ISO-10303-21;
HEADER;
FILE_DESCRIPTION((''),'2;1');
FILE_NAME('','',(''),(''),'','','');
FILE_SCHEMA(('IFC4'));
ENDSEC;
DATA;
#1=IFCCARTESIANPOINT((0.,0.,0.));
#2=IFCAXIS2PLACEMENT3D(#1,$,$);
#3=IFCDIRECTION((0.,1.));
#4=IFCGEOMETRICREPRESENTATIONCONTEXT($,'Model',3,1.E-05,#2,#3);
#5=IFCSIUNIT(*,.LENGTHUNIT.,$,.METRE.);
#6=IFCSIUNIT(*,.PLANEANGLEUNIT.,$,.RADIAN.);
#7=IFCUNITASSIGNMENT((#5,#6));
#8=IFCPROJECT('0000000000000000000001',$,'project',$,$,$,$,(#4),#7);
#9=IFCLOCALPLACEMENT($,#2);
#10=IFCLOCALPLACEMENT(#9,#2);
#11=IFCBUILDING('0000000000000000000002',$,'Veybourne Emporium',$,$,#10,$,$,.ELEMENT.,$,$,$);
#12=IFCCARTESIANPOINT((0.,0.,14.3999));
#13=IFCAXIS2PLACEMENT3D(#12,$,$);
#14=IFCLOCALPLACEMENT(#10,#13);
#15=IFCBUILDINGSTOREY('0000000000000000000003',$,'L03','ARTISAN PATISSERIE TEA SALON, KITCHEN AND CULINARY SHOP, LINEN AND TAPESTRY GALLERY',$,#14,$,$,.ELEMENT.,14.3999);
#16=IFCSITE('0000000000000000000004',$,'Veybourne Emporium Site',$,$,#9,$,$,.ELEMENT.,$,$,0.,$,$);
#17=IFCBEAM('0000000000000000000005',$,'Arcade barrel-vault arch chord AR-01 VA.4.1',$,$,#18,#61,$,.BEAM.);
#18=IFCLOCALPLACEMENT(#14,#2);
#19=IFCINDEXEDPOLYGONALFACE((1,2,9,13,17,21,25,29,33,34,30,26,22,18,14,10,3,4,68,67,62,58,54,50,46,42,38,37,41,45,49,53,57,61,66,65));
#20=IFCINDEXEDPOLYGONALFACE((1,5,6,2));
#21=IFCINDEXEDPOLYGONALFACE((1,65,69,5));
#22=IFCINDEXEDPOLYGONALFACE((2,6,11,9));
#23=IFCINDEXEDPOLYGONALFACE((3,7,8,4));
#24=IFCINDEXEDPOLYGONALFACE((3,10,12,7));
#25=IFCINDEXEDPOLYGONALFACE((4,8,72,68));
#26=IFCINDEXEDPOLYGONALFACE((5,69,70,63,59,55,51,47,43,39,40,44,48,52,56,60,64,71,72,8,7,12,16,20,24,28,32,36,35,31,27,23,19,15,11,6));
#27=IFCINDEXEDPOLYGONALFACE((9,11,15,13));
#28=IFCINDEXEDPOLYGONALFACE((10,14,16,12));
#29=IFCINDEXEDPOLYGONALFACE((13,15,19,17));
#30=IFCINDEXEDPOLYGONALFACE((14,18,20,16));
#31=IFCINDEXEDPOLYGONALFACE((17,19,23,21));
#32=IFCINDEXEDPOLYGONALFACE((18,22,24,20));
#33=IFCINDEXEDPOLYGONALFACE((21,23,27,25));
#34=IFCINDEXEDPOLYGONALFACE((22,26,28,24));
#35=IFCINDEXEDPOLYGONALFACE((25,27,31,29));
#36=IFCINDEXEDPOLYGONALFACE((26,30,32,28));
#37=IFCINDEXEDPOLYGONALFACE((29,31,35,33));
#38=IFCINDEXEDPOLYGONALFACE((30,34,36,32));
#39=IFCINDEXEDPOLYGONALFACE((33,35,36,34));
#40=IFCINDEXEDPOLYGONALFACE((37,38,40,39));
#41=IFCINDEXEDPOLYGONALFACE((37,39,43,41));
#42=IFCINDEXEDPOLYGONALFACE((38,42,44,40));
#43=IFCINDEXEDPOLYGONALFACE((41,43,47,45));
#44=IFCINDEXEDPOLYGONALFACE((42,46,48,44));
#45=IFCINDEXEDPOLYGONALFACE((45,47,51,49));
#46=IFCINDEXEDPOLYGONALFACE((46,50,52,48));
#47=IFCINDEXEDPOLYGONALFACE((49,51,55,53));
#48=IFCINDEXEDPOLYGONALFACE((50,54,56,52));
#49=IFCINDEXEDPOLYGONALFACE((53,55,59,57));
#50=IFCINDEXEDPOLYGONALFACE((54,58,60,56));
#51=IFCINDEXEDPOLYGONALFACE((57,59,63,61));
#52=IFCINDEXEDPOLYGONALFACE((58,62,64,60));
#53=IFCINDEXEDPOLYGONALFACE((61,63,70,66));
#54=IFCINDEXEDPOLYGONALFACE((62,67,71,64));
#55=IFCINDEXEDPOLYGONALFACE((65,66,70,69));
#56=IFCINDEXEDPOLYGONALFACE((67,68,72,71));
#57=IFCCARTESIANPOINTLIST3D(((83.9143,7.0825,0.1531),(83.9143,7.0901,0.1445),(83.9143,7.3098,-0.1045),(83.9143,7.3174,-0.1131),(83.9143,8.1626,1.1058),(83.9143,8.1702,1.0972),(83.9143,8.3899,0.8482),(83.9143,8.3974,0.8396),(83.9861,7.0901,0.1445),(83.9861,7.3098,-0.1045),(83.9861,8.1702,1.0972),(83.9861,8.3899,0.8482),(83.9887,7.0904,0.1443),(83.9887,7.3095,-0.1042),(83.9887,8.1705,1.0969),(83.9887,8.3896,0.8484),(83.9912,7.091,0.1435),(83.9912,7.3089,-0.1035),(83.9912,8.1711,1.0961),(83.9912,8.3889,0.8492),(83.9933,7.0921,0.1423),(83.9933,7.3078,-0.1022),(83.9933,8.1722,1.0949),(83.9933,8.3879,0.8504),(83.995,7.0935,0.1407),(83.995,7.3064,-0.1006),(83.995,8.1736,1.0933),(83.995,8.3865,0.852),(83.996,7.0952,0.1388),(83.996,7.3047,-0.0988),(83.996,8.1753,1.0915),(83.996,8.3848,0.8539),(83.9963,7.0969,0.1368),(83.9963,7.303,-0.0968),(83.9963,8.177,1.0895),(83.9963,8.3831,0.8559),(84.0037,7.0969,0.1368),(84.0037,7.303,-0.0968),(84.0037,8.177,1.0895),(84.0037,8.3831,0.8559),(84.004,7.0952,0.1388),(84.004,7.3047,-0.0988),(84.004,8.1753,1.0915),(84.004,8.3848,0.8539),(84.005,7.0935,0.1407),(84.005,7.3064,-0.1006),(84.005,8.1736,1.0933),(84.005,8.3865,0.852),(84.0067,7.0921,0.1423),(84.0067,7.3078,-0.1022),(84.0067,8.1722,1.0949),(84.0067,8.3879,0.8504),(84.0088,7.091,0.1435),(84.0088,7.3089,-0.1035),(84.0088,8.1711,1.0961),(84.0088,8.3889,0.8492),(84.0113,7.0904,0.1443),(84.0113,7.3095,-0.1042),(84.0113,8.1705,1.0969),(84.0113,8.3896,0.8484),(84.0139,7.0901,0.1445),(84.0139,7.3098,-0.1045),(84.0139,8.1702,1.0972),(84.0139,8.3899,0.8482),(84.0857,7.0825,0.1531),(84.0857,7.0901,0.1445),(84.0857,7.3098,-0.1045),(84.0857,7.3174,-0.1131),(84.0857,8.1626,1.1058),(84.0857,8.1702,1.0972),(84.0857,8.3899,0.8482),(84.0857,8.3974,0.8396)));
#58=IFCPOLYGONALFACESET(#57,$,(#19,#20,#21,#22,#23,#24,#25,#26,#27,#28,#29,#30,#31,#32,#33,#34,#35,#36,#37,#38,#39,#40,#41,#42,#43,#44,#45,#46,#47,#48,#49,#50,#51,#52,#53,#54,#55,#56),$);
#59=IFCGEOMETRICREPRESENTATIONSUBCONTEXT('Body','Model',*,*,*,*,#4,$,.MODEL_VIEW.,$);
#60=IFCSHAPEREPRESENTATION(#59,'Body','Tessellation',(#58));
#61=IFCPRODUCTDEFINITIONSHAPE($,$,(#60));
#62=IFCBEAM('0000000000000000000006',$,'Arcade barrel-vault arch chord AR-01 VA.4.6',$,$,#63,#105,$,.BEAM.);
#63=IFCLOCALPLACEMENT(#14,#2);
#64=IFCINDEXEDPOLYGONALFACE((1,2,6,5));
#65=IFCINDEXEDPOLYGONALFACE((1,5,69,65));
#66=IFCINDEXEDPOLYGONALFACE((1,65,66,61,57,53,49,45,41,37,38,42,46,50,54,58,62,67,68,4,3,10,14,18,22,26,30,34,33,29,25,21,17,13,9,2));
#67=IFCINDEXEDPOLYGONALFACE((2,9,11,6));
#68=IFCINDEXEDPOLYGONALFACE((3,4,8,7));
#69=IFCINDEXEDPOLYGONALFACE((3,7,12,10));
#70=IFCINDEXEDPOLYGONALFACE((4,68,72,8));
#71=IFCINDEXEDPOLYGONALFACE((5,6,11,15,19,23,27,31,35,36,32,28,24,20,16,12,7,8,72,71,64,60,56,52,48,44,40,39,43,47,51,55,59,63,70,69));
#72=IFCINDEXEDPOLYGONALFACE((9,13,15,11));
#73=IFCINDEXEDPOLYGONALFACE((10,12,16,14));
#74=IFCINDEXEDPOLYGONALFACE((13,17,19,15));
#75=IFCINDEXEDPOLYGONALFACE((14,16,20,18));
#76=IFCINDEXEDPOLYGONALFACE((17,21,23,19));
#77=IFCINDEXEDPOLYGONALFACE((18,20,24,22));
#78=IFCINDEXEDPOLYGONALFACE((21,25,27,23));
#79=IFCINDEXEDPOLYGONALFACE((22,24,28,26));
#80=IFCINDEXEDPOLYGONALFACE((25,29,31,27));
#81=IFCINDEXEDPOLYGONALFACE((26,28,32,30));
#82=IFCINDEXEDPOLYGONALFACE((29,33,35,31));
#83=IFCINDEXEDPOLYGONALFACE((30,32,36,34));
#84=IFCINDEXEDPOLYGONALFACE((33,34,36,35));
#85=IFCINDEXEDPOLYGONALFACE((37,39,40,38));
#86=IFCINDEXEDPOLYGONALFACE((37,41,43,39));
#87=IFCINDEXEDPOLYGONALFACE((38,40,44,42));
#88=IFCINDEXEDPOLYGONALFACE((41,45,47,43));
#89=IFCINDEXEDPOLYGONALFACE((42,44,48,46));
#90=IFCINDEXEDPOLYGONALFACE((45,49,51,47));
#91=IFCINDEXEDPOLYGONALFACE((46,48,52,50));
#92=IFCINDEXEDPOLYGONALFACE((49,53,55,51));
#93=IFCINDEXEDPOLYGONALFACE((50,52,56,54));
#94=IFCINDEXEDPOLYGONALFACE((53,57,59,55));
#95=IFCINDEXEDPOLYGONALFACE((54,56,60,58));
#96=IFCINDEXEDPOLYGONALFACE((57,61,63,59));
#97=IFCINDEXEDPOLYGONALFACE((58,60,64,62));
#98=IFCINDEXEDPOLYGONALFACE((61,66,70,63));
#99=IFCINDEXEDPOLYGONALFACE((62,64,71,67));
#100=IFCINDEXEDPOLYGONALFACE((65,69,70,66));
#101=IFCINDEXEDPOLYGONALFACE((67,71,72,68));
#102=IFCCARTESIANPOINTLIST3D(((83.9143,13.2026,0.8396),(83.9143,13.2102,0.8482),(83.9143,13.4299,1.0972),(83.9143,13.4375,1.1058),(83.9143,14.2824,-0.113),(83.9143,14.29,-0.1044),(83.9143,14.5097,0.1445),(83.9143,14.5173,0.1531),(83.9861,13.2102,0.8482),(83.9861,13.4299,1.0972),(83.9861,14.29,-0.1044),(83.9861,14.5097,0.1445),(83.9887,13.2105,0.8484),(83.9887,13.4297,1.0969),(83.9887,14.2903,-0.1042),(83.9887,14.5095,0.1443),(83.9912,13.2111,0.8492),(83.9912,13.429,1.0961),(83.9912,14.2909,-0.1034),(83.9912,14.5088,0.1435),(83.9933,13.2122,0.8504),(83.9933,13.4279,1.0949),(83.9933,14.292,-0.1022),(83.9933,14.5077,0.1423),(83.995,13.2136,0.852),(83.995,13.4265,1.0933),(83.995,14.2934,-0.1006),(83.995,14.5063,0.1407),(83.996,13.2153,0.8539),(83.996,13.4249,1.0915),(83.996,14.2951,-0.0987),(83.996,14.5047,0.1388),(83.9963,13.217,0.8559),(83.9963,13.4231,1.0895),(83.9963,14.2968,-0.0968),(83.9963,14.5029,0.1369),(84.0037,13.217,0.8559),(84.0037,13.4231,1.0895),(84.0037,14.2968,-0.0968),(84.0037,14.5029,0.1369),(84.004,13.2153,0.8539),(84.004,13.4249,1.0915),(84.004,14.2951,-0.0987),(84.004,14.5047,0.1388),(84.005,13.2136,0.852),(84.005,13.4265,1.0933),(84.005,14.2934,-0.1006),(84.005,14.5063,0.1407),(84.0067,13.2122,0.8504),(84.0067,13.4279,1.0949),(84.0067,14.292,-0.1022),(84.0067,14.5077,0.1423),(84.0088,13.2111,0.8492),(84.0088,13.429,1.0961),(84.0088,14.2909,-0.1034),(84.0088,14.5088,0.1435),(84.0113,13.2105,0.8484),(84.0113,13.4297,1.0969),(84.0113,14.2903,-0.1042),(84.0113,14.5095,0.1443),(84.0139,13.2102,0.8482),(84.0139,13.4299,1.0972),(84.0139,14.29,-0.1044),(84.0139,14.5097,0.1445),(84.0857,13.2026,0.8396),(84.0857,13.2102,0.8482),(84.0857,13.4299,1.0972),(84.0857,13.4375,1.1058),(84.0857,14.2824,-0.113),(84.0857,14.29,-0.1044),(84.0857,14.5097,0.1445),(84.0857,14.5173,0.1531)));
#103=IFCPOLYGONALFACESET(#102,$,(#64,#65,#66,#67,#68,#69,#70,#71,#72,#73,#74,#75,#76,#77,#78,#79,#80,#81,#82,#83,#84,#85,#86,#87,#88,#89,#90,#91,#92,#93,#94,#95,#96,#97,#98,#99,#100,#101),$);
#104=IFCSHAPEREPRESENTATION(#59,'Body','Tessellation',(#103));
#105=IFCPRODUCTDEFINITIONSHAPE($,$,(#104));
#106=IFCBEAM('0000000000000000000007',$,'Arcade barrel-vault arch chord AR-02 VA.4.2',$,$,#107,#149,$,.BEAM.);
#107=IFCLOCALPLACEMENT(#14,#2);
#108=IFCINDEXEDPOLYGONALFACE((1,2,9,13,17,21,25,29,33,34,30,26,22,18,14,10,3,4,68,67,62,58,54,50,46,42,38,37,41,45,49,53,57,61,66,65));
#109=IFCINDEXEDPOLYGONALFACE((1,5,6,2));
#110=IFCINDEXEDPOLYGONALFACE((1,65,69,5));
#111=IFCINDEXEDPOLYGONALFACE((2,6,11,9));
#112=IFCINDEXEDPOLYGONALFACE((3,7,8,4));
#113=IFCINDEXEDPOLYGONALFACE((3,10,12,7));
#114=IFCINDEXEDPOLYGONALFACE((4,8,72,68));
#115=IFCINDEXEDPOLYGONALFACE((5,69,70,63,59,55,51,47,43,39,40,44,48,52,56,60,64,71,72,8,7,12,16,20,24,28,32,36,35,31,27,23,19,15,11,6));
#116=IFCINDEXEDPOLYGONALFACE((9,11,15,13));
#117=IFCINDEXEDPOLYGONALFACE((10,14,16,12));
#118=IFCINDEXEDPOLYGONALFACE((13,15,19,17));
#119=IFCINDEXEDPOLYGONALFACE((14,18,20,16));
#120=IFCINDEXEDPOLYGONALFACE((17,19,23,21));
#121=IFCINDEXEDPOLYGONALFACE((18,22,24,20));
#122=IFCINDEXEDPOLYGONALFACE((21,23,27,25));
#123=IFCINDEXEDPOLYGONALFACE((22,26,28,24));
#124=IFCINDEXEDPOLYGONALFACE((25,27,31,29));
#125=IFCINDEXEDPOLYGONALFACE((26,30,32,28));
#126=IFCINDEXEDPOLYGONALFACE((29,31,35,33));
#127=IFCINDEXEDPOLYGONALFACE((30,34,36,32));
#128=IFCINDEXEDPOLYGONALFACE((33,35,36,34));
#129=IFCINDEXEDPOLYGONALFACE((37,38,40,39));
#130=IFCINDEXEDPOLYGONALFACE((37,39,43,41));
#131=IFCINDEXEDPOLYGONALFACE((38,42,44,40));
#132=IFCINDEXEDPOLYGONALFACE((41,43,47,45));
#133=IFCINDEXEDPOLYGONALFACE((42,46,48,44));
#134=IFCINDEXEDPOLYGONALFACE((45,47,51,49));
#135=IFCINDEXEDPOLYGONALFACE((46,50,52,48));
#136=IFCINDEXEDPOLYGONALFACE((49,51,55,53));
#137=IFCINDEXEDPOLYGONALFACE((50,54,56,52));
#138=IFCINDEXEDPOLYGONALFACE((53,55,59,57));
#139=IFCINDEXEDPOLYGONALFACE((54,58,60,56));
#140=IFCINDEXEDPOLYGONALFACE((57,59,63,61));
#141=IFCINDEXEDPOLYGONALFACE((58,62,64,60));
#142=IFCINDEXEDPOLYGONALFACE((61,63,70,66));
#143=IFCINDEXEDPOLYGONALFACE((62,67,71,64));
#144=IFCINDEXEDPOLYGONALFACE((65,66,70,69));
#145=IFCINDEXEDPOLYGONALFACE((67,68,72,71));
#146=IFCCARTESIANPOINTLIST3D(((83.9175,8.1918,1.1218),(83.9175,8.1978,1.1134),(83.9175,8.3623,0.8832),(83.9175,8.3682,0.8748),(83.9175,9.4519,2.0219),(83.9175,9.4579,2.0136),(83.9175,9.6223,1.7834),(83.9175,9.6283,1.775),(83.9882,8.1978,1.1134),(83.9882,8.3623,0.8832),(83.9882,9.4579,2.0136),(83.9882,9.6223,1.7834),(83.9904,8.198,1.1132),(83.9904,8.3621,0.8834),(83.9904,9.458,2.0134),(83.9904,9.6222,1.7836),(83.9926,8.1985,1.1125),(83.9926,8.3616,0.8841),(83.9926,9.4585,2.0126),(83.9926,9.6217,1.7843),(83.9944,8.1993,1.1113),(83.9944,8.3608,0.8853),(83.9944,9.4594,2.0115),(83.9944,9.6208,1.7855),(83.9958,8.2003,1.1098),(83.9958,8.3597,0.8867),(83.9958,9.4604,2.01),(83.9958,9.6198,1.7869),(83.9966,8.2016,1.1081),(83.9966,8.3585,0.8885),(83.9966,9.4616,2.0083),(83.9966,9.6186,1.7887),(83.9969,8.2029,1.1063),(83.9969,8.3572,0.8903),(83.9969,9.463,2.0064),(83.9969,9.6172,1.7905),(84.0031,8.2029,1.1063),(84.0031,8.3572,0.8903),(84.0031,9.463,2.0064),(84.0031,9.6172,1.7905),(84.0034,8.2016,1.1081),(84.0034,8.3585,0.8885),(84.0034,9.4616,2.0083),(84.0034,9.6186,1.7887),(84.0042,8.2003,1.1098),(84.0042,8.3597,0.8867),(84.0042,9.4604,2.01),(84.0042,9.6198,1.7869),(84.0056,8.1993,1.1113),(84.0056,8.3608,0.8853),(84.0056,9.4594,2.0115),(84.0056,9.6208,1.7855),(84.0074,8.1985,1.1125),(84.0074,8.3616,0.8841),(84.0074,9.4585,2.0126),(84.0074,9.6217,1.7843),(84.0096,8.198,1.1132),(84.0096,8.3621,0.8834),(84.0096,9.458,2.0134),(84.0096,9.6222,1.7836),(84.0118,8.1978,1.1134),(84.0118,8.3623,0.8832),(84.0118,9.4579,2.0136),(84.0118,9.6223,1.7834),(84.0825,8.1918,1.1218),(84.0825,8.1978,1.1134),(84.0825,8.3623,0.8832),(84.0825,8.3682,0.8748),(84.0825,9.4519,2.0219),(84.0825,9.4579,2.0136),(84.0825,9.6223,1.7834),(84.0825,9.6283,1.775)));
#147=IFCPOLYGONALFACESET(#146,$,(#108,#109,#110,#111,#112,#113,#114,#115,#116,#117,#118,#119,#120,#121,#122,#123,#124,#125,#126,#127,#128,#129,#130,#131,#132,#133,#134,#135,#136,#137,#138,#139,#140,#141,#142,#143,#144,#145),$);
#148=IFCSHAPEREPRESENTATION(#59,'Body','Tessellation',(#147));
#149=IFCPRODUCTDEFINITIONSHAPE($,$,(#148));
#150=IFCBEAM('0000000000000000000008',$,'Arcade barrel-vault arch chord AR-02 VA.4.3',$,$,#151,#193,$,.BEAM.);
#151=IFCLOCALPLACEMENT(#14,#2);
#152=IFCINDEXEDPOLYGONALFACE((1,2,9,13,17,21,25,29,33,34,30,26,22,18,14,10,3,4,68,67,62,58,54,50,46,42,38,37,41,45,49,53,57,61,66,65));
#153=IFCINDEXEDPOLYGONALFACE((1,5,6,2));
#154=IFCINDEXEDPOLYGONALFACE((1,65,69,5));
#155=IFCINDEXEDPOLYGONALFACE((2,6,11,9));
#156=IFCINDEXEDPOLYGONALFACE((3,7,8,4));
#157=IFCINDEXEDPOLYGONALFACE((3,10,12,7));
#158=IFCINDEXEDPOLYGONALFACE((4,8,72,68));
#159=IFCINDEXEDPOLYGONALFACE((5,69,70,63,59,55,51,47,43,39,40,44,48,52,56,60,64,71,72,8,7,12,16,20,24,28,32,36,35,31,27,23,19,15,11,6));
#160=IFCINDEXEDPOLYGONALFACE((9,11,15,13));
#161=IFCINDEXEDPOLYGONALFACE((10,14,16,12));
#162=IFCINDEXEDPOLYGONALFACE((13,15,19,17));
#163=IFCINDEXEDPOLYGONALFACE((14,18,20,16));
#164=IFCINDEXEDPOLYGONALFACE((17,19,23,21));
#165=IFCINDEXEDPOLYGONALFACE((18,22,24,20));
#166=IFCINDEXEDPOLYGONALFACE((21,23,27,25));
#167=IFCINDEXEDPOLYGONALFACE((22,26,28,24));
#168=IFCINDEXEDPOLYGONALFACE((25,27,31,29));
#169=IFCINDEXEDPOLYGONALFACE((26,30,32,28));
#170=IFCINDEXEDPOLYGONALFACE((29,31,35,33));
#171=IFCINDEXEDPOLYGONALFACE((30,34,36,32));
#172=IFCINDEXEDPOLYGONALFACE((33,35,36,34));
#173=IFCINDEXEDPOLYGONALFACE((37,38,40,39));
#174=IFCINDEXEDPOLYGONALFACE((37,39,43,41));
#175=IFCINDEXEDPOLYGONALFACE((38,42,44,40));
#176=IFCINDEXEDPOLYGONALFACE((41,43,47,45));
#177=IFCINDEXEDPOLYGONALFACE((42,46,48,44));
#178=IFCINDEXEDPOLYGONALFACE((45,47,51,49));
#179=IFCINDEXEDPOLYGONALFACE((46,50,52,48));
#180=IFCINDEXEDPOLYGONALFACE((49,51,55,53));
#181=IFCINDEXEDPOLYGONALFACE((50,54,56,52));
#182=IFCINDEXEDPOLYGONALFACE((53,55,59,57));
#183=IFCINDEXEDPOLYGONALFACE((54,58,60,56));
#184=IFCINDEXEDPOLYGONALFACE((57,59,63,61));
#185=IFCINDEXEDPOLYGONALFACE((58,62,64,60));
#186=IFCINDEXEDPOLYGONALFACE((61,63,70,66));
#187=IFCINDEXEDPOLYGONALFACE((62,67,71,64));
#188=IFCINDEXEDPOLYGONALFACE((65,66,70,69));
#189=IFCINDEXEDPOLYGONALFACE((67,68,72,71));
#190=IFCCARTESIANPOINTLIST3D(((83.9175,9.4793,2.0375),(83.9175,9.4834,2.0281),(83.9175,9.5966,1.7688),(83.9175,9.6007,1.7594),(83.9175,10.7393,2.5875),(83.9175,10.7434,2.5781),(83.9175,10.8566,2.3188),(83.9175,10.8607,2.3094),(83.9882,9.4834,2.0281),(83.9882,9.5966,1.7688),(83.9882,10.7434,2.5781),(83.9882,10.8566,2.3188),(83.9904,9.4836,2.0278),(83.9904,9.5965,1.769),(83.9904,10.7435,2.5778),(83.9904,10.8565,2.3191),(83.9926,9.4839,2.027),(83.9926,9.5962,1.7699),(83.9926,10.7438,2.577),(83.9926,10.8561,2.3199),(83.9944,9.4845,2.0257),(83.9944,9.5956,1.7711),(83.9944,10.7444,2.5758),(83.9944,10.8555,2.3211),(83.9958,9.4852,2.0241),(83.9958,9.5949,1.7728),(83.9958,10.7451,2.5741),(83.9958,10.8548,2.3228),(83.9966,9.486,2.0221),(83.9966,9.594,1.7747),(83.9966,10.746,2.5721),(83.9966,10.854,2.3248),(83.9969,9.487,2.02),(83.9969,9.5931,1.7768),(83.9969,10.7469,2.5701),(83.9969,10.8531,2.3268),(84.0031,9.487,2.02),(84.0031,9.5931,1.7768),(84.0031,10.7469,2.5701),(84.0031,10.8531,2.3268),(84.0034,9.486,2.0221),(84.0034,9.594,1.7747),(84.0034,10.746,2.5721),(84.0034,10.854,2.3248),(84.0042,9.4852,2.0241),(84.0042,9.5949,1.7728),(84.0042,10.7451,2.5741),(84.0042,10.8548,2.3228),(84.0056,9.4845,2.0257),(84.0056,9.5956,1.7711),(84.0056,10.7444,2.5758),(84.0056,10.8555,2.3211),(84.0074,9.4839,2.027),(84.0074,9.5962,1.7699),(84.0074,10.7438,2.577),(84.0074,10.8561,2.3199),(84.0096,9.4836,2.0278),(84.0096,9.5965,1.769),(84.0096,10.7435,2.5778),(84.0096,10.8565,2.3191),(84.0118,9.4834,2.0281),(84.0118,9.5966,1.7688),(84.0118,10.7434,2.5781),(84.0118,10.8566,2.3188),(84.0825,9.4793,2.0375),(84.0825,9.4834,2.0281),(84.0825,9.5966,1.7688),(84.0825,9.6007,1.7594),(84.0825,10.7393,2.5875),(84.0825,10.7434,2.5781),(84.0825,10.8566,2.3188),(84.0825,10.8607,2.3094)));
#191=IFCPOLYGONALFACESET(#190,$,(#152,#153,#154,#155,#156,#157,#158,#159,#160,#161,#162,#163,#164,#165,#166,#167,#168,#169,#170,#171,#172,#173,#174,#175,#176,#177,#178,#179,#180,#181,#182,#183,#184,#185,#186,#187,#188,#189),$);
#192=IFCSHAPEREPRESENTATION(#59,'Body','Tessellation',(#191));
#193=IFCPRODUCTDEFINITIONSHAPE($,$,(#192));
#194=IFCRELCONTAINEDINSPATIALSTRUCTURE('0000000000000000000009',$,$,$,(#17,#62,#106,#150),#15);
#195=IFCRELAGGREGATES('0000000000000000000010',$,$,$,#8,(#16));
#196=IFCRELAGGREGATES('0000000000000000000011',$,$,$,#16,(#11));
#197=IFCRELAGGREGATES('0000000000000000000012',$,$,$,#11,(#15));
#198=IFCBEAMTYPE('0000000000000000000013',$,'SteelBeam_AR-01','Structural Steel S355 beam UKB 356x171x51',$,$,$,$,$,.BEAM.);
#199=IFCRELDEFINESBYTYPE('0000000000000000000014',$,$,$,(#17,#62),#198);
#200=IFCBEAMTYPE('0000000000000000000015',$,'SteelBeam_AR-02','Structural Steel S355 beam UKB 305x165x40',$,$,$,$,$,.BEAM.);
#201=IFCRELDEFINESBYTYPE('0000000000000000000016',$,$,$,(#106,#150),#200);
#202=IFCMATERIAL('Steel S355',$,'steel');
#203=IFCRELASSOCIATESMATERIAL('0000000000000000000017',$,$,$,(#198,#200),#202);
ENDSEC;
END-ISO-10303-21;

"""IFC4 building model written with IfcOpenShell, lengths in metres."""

from ifc_helpers import new_model, si_unit, direction, frame, origin, origin_2d, place, context, subcontext, project, spatial, i_section, extrude, material, material_profile, profile_set, type_object, element, save


model = new_model("IFC4")

# Units and contexts
model_context = context("Model", 3, precision=1e-05, world=origin(), true_north=direction((0.0, 1.0)))
body_context = subcontext(model_context, "Body", "Model", "MODEL_VIEW")
ifc_project = project(units=[si_unit("LENGTHUNIT", "METRE"), si_unit("PLANEANGLEUNIT", "RADIAN")], contexts=[model_context])

# Site, building, storey
site_placement = place(None, origin())
site = spatial("IfcSite", under=ifc_project, at=site_placement, Name="Veybourne Emporium Site", CompositionType="ELEMENT", RefElevation=0.0)
building_placement = place(site_placement, origin())
building = spatial("IfcBuilding", under=site, at=building_placement, Name="Veybourne Emporium", CompositionType="ELEMENT")
storey_placement = place(building_placement, frame((0.0, 0.0, 14.3999)))
storey = spatial("IfcBuildingStorey", under=building, at=storey_placement, Name="L03", Description="ARTISAN PATISSERIE TEA SALON, KITCHEN AND CULINARY SHOP, LINEN AND TAPESTRY GALLERY", CompositionType="ELEMENT", Elevation=14.3999)

# Beams
ifc_material_1 = material(Name="Steel S355", Category="steel")
ifc_material_profile_1 = material_profile(ifc_material_1, i_section(OverallWidth=0.1714, OverallDepth=0.355, WebThickness=0.0073, FlangeThickness=0.0115, FilletRadius=0.0103, at=origin_2d()), Name="UKB 356x171x51")
ifc_profile_set_1 = profile_set([ifc_material_profile_1], Name="Steel S355")
beam_type_1 = type_object("IfcBeamType", Name="SteelBeam_AR-01", Description="Structural Steel S355 beam UKB 356x171x51", PredefinedType="BEAM", material=ifc_profile_set_1)
beam_1_placement = place(storey_placement, frame((84.0, 7.2, 0.02), z_axis=(0.0, 0.749966, 0.661476), x_axis=(-1.0, 0.0, 0.0)))
element("IfcBeam", 1, at=beam_1_placement, inside=storey, type_object=beam_type_1, Name="Arcade barrel-vault arch chord AR-01 VA.4.1", PredefinedType="BEAM", context=body_context, shape_type="SweptSolid", body=[
    extrude(i_section(OverallWidth=0.1714, OverallDepth=0.355, WebThickness=0.0073, FlangeThickness=0.0115, FilletRadius=0.0103, at=origin_2d()), origin(), (0.0, 0.0, 1.0), 1.4402),
])
beam_2_placement = place(storey_placement, frame((84.0, 13.3201, 0.9727), z_axis=(0.0, 0.749892, -0.66156), x_axis=(-1.0, 0.0, 0.0)))
element("IfcBeam", 2, at=beam_2_placement, inside=storey, type_object=beam_type_1, Name="Arcade barrel-vault arch chord AR-01 VA.4.6", PredefinedType="BEAM", context=body_context, shape_type="SweptSolid", body=[
    extrude(i_section(OverallWidth=0.1714, OverallDepth=0.355, WebThickness=0.0073, FlangeThickness=0.0115, FilletRadius=0.0103, at=origin_2d()), origin(), (0.0, 0.0, 1.0), 1.4399),
])
ifc_material_profile_2 = material_profile(ifc_material_1, i_section(OverallWidth=0.165, OverallDepth=0.3035, WebThickness=0.0061, FlangeThickness=0.0103, FilletRadius=0.0088, at=origin_2d()), Name="UKB 305x165x40")
ifc_profile_set_2 = profile_set([ifc_material_profile_2], Name="Steel S355")
beam_type_2 = type_object("IfcBeamType", Name="SteelBeam_AR-02", Description="Structural Steel S355 beam UKB 305x165x40", PredefinedType="BEAM", material=ifc_profile_set_2)
beam_3_placement = place(storey_placement, frame((84.0, 8.28, 0.9983), z_axis=(0.0, 0.813691, 0.581298), x_axis=(-1.0, 0.0, 0.0)))
element("IfcBeam", 3, at=beam_3_placement, inside=storey, type_object=beam_type_2, Name="Arcade barrel-vault arch chord AR-02 VA.4.2", PredefinedType="BEAM", context=body_context, shape_type="SweptSolid", body=[
    extrude(i_section(OverallWidth=0.165, OverallDepth=0.3035, WebThickness=0.0061, FlangeThickness=0.0103, FilletRadius=0.0088, at=origin_2d()), origin(), (0.0, 0.0, 1.0), 1.5486),
])
for number, where, z_axis, x_axis, name in (
    (4, (84.0, 9.54, 1.8984), (0.0, 0.916479, 0.400083), (-1.0, 0.0, 0.0), "Arcade barrel-vault arch chord AR-02 VA.4.3"),
):
    element("IfcBeam", number, at=place(storey_placement, frame(where, z_axis=z_axis, x_axis=x_axis)), inside=storey, type_object=beam_type_2, Name=name, PredefinedType="BEAM", context=body_context, shape_type="SweptSolid", body=[
        extrude(i_section(OverallWidth=0.165, OverallDepth=0.3035, WebThickness=0.0061, FlangeThickness=0.0103, FilletRadius=0.0088, at=origin_2d()), origin(), (0.0, 0.0, 1.0), 1.3748),
    ])

save(model, "model.ifc")
